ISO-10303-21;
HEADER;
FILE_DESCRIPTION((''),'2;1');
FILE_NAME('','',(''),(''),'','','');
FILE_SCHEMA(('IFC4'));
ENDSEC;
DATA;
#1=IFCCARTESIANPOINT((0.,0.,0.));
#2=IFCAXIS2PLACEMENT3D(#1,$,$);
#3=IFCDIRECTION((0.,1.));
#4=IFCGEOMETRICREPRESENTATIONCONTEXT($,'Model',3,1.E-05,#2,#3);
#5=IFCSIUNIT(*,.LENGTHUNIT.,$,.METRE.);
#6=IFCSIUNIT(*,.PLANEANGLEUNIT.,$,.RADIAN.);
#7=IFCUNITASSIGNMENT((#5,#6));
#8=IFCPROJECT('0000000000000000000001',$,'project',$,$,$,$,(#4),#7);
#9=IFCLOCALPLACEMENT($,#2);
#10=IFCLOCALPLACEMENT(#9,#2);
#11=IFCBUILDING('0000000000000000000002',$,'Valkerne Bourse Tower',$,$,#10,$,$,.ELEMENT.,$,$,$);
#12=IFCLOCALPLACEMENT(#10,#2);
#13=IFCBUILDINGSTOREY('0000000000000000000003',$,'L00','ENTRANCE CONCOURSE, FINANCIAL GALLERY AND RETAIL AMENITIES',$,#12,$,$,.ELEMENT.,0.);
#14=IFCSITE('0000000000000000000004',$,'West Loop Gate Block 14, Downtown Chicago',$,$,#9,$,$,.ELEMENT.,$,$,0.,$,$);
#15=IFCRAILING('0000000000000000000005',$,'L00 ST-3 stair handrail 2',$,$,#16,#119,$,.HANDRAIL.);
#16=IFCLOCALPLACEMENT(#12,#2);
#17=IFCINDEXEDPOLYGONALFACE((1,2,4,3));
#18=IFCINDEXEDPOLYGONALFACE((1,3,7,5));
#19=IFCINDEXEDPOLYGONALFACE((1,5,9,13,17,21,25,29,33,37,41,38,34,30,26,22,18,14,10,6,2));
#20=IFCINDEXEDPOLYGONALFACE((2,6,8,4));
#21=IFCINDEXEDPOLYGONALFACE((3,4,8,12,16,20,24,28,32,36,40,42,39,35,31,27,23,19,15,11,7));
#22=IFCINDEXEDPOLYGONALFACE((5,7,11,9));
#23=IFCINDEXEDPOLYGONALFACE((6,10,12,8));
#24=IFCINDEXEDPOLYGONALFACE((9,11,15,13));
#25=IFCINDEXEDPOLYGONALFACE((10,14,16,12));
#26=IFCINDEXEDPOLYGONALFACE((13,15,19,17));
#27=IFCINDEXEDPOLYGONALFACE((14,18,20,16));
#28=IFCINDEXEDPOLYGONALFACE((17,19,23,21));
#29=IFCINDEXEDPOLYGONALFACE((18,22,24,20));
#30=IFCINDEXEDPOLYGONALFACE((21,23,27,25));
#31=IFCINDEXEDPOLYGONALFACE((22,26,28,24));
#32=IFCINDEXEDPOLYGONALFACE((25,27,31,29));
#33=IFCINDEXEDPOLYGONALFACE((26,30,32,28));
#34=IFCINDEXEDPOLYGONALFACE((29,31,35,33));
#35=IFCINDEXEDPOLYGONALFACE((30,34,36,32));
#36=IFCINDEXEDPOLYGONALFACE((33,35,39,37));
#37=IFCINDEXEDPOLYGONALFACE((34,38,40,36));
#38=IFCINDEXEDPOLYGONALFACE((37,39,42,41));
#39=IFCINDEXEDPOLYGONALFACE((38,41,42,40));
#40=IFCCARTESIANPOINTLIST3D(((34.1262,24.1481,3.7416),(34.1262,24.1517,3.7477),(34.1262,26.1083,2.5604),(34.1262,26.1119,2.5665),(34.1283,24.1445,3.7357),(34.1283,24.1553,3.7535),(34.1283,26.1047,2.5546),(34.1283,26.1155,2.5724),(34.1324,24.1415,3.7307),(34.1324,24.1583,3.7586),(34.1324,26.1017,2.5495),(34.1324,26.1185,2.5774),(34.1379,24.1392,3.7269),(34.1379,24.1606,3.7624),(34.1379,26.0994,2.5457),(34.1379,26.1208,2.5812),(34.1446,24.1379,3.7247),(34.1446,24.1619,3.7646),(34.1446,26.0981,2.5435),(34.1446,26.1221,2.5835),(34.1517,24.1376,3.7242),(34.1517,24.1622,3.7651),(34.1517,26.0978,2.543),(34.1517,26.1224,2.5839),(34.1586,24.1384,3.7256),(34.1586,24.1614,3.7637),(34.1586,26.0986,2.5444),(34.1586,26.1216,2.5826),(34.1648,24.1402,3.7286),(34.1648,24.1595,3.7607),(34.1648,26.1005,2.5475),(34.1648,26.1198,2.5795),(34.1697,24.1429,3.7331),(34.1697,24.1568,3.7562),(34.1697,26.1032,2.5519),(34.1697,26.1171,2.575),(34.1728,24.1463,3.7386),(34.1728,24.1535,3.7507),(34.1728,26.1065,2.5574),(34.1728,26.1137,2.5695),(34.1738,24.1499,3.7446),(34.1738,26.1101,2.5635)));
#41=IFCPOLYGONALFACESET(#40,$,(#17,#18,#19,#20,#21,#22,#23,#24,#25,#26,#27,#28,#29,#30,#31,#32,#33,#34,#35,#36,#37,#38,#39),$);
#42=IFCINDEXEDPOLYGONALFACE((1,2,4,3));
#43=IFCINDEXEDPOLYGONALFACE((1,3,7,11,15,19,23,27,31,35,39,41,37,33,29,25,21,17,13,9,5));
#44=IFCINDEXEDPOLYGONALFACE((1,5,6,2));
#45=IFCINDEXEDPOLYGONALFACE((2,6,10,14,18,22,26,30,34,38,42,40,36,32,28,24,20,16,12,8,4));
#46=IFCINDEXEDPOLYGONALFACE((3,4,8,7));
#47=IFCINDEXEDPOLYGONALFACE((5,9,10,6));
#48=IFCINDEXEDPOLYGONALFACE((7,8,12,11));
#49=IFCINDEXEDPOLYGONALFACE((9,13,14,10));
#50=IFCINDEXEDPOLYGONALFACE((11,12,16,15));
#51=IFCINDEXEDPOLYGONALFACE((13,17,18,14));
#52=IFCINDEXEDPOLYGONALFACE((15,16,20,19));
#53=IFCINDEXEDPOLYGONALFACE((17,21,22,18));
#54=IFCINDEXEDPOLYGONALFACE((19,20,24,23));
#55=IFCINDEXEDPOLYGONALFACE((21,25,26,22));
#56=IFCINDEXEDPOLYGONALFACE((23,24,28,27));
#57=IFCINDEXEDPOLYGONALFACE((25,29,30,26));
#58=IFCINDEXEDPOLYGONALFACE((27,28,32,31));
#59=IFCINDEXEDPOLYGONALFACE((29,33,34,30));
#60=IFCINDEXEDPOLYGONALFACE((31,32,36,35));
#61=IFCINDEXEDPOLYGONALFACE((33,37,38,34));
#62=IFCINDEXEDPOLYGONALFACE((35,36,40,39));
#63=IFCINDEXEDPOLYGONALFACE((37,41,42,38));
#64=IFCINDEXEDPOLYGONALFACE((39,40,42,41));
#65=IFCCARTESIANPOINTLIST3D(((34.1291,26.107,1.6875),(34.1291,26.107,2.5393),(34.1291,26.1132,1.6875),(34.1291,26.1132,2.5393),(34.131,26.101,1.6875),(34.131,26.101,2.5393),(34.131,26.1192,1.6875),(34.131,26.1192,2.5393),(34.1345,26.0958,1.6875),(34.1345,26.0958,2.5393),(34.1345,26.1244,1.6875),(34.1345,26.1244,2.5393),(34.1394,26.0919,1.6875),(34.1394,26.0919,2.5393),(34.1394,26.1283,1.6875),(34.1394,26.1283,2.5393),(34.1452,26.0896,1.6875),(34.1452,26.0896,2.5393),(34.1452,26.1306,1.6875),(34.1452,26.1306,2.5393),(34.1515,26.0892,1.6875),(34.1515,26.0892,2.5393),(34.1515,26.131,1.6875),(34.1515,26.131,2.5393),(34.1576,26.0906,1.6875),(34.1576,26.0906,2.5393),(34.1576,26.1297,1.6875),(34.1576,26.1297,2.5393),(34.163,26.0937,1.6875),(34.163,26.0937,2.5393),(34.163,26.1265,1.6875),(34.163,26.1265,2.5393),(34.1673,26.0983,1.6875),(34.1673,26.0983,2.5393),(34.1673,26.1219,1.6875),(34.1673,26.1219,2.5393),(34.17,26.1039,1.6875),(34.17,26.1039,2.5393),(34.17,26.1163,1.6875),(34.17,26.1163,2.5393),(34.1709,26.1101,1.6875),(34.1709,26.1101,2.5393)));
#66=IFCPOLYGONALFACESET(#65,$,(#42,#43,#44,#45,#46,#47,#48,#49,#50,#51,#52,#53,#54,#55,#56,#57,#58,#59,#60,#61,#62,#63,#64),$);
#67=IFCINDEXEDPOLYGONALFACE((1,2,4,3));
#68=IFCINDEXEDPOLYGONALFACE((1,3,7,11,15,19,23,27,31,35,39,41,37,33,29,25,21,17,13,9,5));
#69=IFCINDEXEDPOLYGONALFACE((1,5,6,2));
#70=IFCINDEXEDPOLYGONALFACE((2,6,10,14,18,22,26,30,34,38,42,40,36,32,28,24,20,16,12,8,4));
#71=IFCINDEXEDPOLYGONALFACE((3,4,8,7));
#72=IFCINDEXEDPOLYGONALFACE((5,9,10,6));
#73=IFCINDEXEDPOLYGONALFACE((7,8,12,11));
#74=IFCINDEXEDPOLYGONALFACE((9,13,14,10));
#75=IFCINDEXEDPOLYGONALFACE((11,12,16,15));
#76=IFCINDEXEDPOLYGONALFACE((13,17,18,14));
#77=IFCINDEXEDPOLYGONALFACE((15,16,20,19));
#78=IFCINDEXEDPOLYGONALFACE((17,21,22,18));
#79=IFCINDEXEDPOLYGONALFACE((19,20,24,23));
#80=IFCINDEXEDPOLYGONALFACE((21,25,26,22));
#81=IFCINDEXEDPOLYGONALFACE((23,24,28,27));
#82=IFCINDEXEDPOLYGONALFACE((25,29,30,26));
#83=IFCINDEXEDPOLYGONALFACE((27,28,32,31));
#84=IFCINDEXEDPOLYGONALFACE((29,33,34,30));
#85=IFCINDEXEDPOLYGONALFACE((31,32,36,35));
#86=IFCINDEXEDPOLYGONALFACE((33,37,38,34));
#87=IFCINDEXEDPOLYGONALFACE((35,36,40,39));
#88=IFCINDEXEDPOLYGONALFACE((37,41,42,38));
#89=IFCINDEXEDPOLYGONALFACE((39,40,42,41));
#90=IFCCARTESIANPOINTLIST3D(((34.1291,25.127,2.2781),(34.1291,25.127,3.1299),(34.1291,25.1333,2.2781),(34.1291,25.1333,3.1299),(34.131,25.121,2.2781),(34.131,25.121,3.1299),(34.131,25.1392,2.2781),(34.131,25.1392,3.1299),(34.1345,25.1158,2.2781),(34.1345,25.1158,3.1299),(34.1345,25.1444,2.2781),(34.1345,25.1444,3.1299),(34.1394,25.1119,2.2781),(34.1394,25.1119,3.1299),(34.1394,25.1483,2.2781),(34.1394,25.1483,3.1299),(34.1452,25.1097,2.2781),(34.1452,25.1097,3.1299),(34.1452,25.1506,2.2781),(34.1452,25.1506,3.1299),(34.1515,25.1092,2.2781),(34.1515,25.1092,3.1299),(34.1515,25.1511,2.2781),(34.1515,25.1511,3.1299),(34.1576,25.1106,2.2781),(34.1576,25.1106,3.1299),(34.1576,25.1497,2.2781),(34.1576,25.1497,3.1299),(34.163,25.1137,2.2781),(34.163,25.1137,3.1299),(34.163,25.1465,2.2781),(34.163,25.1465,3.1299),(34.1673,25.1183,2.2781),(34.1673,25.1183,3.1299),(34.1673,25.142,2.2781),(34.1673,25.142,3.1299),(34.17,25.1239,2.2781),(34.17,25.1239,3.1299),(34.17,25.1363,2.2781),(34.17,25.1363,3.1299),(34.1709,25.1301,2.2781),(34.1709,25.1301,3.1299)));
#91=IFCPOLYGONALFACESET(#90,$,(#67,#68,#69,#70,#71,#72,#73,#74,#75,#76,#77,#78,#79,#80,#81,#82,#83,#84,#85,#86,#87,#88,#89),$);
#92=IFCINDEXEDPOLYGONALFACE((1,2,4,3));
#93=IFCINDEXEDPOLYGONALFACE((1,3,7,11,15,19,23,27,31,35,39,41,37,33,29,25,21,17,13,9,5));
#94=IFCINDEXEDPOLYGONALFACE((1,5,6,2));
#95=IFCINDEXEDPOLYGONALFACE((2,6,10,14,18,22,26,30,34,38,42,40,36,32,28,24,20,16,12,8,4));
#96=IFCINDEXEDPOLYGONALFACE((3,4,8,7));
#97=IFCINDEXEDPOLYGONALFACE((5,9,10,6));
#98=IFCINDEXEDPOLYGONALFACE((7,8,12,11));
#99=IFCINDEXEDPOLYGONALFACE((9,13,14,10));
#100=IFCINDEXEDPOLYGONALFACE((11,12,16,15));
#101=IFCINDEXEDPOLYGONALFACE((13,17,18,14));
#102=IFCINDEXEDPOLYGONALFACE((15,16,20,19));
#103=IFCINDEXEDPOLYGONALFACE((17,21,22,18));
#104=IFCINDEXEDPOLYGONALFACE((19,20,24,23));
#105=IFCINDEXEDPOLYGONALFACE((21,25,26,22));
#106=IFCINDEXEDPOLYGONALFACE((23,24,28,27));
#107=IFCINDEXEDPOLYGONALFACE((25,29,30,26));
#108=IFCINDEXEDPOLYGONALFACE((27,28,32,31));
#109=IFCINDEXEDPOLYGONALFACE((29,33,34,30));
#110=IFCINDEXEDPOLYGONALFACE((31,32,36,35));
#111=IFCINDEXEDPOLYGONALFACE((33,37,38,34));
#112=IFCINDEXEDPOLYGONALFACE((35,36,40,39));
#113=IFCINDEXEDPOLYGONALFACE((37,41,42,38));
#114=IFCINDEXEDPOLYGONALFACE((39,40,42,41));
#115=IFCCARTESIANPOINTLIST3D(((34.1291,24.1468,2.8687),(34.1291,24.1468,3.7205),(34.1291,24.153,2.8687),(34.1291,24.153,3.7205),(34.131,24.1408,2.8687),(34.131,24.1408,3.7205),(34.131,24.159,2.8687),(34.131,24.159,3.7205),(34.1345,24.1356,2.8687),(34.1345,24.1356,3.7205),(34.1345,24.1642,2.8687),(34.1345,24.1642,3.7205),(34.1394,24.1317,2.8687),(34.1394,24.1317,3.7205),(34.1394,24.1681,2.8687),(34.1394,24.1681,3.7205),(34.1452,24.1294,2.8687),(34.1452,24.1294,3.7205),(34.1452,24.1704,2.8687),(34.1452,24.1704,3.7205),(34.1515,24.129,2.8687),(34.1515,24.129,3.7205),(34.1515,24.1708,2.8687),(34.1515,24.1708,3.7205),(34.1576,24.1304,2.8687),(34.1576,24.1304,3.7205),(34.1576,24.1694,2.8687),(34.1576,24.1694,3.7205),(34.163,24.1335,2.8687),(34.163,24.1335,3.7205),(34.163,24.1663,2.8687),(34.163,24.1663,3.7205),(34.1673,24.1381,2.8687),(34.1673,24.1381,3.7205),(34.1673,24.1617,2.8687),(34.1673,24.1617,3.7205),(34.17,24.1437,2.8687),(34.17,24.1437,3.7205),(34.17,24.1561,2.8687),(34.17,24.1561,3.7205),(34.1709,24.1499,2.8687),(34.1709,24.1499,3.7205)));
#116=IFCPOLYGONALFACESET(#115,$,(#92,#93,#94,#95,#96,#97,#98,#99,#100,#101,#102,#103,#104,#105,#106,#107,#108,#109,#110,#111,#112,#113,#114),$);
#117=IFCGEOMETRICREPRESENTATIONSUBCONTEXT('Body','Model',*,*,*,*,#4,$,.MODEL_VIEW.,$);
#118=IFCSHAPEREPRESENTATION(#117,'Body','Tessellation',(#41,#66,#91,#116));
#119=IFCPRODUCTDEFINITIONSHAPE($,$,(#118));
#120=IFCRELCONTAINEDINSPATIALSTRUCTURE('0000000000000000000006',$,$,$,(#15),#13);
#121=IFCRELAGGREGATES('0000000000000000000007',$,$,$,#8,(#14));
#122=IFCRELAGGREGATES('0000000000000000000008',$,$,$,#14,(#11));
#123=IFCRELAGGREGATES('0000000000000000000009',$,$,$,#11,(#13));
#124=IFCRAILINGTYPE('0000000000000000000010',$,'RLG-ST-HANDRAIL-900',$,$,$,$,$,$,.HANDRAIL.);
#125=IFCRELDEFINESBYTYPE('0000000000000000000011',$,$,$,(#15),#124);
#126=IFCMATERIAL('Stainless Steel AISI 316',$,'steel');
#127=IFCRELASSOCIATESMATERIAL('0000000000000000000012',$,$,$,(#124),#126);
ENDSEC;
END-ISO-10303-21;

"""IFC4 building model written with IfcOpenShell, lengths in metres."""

from ifc_helpers import new_model, si_unit, direction, frame, origin, origin_2d, place, context, subcontext, project, spatial, circle, extrude, material, type_object, element, save


model = new_model("IFC4")

# Units and contexts
model_context = context("Model", 3, precision=1e-05, world=origin(), true_north=direction((0.0, 1.0)))
body_context = subcontext(model_context, "Body", "Model", "MODEL_VIEW")
ifc_project = project(units=[si_unit("LENGTHUNIT", "METRE"), si_unit("PLANEANGLEUNIT", "RADIAN")], contexts=[model_context])

# Site, building, storey
site_placement = place(None, origin())
site = spatial("IfcSite", under=ifc_project, at=site_placement, Name="West Loop Gate Block 14, Downtown Chicago", CompositionType="ELEMENT", RefElevation=0.0)
building_placement = place(site_placement, origin())
building = spatial("IfcBuilding", under=site, at=building_placement, Name="Valkerne Bourse Tower", CompositionType="ELEMENT")
storey_placement = place(building_placement, origin())
storey = spatial("IfcBuildingStorey", under=building, at=storey_placement, Name="L00", Description="ENTRANCE CONCOURSE, FINANCIAL GALLERY AND RETAIL AMENITIES", CompositionType="ELEMENT", Elevation=0.0)

# Railing
ifc_material_1 = material(Name="Stainless Steel AISI 316", Category="steel")
railing_type_1 = type_object("IfcRailingType", Name="RLG-ST-HANDRAIL-900", PredefinedType="HANDRAIL", material=ifc_material_1)
railing_1_placement = place(storey_placement, frame((34.1499, 26.1101, 1.6875)))
element("IfcRailing", 1, at=railing_1_placement, inside=storey, type_object=railing_type_1, Name="L00 ST-3 stair handrail 2", PredefinedType="HANDRAIL", context=body_context, shape_type="SweptSolid", body=[
    extrude(circle(Radius=0.0239, at=origin_2d()), frame((0.0, 0.0, 0.876), z_axis=(0.0, -0.856522, 0.516111), x_axis=(1.0, 0.0, 0.0)), (0.0, 0.0, 1.0), 2.2886),
    extrude(circle(Radius=0.021, at=origin_2d()), origin(), (0.0, 0.0, 1.0), 0.8518),
    extrude(circle(Radius=0.021, at=origin_2d()), frame((0.0, -0.98, 0.5906)), (0.0, 0.0, 1.0), 0.8518),
    extrude(circle(Radius=0.021, at=origin_2d()), frame((0.0, -1.9602, 1.1812)), (0.0, 0.0, 1.0), 0.8518),
])

save(model, "model.ifc")
